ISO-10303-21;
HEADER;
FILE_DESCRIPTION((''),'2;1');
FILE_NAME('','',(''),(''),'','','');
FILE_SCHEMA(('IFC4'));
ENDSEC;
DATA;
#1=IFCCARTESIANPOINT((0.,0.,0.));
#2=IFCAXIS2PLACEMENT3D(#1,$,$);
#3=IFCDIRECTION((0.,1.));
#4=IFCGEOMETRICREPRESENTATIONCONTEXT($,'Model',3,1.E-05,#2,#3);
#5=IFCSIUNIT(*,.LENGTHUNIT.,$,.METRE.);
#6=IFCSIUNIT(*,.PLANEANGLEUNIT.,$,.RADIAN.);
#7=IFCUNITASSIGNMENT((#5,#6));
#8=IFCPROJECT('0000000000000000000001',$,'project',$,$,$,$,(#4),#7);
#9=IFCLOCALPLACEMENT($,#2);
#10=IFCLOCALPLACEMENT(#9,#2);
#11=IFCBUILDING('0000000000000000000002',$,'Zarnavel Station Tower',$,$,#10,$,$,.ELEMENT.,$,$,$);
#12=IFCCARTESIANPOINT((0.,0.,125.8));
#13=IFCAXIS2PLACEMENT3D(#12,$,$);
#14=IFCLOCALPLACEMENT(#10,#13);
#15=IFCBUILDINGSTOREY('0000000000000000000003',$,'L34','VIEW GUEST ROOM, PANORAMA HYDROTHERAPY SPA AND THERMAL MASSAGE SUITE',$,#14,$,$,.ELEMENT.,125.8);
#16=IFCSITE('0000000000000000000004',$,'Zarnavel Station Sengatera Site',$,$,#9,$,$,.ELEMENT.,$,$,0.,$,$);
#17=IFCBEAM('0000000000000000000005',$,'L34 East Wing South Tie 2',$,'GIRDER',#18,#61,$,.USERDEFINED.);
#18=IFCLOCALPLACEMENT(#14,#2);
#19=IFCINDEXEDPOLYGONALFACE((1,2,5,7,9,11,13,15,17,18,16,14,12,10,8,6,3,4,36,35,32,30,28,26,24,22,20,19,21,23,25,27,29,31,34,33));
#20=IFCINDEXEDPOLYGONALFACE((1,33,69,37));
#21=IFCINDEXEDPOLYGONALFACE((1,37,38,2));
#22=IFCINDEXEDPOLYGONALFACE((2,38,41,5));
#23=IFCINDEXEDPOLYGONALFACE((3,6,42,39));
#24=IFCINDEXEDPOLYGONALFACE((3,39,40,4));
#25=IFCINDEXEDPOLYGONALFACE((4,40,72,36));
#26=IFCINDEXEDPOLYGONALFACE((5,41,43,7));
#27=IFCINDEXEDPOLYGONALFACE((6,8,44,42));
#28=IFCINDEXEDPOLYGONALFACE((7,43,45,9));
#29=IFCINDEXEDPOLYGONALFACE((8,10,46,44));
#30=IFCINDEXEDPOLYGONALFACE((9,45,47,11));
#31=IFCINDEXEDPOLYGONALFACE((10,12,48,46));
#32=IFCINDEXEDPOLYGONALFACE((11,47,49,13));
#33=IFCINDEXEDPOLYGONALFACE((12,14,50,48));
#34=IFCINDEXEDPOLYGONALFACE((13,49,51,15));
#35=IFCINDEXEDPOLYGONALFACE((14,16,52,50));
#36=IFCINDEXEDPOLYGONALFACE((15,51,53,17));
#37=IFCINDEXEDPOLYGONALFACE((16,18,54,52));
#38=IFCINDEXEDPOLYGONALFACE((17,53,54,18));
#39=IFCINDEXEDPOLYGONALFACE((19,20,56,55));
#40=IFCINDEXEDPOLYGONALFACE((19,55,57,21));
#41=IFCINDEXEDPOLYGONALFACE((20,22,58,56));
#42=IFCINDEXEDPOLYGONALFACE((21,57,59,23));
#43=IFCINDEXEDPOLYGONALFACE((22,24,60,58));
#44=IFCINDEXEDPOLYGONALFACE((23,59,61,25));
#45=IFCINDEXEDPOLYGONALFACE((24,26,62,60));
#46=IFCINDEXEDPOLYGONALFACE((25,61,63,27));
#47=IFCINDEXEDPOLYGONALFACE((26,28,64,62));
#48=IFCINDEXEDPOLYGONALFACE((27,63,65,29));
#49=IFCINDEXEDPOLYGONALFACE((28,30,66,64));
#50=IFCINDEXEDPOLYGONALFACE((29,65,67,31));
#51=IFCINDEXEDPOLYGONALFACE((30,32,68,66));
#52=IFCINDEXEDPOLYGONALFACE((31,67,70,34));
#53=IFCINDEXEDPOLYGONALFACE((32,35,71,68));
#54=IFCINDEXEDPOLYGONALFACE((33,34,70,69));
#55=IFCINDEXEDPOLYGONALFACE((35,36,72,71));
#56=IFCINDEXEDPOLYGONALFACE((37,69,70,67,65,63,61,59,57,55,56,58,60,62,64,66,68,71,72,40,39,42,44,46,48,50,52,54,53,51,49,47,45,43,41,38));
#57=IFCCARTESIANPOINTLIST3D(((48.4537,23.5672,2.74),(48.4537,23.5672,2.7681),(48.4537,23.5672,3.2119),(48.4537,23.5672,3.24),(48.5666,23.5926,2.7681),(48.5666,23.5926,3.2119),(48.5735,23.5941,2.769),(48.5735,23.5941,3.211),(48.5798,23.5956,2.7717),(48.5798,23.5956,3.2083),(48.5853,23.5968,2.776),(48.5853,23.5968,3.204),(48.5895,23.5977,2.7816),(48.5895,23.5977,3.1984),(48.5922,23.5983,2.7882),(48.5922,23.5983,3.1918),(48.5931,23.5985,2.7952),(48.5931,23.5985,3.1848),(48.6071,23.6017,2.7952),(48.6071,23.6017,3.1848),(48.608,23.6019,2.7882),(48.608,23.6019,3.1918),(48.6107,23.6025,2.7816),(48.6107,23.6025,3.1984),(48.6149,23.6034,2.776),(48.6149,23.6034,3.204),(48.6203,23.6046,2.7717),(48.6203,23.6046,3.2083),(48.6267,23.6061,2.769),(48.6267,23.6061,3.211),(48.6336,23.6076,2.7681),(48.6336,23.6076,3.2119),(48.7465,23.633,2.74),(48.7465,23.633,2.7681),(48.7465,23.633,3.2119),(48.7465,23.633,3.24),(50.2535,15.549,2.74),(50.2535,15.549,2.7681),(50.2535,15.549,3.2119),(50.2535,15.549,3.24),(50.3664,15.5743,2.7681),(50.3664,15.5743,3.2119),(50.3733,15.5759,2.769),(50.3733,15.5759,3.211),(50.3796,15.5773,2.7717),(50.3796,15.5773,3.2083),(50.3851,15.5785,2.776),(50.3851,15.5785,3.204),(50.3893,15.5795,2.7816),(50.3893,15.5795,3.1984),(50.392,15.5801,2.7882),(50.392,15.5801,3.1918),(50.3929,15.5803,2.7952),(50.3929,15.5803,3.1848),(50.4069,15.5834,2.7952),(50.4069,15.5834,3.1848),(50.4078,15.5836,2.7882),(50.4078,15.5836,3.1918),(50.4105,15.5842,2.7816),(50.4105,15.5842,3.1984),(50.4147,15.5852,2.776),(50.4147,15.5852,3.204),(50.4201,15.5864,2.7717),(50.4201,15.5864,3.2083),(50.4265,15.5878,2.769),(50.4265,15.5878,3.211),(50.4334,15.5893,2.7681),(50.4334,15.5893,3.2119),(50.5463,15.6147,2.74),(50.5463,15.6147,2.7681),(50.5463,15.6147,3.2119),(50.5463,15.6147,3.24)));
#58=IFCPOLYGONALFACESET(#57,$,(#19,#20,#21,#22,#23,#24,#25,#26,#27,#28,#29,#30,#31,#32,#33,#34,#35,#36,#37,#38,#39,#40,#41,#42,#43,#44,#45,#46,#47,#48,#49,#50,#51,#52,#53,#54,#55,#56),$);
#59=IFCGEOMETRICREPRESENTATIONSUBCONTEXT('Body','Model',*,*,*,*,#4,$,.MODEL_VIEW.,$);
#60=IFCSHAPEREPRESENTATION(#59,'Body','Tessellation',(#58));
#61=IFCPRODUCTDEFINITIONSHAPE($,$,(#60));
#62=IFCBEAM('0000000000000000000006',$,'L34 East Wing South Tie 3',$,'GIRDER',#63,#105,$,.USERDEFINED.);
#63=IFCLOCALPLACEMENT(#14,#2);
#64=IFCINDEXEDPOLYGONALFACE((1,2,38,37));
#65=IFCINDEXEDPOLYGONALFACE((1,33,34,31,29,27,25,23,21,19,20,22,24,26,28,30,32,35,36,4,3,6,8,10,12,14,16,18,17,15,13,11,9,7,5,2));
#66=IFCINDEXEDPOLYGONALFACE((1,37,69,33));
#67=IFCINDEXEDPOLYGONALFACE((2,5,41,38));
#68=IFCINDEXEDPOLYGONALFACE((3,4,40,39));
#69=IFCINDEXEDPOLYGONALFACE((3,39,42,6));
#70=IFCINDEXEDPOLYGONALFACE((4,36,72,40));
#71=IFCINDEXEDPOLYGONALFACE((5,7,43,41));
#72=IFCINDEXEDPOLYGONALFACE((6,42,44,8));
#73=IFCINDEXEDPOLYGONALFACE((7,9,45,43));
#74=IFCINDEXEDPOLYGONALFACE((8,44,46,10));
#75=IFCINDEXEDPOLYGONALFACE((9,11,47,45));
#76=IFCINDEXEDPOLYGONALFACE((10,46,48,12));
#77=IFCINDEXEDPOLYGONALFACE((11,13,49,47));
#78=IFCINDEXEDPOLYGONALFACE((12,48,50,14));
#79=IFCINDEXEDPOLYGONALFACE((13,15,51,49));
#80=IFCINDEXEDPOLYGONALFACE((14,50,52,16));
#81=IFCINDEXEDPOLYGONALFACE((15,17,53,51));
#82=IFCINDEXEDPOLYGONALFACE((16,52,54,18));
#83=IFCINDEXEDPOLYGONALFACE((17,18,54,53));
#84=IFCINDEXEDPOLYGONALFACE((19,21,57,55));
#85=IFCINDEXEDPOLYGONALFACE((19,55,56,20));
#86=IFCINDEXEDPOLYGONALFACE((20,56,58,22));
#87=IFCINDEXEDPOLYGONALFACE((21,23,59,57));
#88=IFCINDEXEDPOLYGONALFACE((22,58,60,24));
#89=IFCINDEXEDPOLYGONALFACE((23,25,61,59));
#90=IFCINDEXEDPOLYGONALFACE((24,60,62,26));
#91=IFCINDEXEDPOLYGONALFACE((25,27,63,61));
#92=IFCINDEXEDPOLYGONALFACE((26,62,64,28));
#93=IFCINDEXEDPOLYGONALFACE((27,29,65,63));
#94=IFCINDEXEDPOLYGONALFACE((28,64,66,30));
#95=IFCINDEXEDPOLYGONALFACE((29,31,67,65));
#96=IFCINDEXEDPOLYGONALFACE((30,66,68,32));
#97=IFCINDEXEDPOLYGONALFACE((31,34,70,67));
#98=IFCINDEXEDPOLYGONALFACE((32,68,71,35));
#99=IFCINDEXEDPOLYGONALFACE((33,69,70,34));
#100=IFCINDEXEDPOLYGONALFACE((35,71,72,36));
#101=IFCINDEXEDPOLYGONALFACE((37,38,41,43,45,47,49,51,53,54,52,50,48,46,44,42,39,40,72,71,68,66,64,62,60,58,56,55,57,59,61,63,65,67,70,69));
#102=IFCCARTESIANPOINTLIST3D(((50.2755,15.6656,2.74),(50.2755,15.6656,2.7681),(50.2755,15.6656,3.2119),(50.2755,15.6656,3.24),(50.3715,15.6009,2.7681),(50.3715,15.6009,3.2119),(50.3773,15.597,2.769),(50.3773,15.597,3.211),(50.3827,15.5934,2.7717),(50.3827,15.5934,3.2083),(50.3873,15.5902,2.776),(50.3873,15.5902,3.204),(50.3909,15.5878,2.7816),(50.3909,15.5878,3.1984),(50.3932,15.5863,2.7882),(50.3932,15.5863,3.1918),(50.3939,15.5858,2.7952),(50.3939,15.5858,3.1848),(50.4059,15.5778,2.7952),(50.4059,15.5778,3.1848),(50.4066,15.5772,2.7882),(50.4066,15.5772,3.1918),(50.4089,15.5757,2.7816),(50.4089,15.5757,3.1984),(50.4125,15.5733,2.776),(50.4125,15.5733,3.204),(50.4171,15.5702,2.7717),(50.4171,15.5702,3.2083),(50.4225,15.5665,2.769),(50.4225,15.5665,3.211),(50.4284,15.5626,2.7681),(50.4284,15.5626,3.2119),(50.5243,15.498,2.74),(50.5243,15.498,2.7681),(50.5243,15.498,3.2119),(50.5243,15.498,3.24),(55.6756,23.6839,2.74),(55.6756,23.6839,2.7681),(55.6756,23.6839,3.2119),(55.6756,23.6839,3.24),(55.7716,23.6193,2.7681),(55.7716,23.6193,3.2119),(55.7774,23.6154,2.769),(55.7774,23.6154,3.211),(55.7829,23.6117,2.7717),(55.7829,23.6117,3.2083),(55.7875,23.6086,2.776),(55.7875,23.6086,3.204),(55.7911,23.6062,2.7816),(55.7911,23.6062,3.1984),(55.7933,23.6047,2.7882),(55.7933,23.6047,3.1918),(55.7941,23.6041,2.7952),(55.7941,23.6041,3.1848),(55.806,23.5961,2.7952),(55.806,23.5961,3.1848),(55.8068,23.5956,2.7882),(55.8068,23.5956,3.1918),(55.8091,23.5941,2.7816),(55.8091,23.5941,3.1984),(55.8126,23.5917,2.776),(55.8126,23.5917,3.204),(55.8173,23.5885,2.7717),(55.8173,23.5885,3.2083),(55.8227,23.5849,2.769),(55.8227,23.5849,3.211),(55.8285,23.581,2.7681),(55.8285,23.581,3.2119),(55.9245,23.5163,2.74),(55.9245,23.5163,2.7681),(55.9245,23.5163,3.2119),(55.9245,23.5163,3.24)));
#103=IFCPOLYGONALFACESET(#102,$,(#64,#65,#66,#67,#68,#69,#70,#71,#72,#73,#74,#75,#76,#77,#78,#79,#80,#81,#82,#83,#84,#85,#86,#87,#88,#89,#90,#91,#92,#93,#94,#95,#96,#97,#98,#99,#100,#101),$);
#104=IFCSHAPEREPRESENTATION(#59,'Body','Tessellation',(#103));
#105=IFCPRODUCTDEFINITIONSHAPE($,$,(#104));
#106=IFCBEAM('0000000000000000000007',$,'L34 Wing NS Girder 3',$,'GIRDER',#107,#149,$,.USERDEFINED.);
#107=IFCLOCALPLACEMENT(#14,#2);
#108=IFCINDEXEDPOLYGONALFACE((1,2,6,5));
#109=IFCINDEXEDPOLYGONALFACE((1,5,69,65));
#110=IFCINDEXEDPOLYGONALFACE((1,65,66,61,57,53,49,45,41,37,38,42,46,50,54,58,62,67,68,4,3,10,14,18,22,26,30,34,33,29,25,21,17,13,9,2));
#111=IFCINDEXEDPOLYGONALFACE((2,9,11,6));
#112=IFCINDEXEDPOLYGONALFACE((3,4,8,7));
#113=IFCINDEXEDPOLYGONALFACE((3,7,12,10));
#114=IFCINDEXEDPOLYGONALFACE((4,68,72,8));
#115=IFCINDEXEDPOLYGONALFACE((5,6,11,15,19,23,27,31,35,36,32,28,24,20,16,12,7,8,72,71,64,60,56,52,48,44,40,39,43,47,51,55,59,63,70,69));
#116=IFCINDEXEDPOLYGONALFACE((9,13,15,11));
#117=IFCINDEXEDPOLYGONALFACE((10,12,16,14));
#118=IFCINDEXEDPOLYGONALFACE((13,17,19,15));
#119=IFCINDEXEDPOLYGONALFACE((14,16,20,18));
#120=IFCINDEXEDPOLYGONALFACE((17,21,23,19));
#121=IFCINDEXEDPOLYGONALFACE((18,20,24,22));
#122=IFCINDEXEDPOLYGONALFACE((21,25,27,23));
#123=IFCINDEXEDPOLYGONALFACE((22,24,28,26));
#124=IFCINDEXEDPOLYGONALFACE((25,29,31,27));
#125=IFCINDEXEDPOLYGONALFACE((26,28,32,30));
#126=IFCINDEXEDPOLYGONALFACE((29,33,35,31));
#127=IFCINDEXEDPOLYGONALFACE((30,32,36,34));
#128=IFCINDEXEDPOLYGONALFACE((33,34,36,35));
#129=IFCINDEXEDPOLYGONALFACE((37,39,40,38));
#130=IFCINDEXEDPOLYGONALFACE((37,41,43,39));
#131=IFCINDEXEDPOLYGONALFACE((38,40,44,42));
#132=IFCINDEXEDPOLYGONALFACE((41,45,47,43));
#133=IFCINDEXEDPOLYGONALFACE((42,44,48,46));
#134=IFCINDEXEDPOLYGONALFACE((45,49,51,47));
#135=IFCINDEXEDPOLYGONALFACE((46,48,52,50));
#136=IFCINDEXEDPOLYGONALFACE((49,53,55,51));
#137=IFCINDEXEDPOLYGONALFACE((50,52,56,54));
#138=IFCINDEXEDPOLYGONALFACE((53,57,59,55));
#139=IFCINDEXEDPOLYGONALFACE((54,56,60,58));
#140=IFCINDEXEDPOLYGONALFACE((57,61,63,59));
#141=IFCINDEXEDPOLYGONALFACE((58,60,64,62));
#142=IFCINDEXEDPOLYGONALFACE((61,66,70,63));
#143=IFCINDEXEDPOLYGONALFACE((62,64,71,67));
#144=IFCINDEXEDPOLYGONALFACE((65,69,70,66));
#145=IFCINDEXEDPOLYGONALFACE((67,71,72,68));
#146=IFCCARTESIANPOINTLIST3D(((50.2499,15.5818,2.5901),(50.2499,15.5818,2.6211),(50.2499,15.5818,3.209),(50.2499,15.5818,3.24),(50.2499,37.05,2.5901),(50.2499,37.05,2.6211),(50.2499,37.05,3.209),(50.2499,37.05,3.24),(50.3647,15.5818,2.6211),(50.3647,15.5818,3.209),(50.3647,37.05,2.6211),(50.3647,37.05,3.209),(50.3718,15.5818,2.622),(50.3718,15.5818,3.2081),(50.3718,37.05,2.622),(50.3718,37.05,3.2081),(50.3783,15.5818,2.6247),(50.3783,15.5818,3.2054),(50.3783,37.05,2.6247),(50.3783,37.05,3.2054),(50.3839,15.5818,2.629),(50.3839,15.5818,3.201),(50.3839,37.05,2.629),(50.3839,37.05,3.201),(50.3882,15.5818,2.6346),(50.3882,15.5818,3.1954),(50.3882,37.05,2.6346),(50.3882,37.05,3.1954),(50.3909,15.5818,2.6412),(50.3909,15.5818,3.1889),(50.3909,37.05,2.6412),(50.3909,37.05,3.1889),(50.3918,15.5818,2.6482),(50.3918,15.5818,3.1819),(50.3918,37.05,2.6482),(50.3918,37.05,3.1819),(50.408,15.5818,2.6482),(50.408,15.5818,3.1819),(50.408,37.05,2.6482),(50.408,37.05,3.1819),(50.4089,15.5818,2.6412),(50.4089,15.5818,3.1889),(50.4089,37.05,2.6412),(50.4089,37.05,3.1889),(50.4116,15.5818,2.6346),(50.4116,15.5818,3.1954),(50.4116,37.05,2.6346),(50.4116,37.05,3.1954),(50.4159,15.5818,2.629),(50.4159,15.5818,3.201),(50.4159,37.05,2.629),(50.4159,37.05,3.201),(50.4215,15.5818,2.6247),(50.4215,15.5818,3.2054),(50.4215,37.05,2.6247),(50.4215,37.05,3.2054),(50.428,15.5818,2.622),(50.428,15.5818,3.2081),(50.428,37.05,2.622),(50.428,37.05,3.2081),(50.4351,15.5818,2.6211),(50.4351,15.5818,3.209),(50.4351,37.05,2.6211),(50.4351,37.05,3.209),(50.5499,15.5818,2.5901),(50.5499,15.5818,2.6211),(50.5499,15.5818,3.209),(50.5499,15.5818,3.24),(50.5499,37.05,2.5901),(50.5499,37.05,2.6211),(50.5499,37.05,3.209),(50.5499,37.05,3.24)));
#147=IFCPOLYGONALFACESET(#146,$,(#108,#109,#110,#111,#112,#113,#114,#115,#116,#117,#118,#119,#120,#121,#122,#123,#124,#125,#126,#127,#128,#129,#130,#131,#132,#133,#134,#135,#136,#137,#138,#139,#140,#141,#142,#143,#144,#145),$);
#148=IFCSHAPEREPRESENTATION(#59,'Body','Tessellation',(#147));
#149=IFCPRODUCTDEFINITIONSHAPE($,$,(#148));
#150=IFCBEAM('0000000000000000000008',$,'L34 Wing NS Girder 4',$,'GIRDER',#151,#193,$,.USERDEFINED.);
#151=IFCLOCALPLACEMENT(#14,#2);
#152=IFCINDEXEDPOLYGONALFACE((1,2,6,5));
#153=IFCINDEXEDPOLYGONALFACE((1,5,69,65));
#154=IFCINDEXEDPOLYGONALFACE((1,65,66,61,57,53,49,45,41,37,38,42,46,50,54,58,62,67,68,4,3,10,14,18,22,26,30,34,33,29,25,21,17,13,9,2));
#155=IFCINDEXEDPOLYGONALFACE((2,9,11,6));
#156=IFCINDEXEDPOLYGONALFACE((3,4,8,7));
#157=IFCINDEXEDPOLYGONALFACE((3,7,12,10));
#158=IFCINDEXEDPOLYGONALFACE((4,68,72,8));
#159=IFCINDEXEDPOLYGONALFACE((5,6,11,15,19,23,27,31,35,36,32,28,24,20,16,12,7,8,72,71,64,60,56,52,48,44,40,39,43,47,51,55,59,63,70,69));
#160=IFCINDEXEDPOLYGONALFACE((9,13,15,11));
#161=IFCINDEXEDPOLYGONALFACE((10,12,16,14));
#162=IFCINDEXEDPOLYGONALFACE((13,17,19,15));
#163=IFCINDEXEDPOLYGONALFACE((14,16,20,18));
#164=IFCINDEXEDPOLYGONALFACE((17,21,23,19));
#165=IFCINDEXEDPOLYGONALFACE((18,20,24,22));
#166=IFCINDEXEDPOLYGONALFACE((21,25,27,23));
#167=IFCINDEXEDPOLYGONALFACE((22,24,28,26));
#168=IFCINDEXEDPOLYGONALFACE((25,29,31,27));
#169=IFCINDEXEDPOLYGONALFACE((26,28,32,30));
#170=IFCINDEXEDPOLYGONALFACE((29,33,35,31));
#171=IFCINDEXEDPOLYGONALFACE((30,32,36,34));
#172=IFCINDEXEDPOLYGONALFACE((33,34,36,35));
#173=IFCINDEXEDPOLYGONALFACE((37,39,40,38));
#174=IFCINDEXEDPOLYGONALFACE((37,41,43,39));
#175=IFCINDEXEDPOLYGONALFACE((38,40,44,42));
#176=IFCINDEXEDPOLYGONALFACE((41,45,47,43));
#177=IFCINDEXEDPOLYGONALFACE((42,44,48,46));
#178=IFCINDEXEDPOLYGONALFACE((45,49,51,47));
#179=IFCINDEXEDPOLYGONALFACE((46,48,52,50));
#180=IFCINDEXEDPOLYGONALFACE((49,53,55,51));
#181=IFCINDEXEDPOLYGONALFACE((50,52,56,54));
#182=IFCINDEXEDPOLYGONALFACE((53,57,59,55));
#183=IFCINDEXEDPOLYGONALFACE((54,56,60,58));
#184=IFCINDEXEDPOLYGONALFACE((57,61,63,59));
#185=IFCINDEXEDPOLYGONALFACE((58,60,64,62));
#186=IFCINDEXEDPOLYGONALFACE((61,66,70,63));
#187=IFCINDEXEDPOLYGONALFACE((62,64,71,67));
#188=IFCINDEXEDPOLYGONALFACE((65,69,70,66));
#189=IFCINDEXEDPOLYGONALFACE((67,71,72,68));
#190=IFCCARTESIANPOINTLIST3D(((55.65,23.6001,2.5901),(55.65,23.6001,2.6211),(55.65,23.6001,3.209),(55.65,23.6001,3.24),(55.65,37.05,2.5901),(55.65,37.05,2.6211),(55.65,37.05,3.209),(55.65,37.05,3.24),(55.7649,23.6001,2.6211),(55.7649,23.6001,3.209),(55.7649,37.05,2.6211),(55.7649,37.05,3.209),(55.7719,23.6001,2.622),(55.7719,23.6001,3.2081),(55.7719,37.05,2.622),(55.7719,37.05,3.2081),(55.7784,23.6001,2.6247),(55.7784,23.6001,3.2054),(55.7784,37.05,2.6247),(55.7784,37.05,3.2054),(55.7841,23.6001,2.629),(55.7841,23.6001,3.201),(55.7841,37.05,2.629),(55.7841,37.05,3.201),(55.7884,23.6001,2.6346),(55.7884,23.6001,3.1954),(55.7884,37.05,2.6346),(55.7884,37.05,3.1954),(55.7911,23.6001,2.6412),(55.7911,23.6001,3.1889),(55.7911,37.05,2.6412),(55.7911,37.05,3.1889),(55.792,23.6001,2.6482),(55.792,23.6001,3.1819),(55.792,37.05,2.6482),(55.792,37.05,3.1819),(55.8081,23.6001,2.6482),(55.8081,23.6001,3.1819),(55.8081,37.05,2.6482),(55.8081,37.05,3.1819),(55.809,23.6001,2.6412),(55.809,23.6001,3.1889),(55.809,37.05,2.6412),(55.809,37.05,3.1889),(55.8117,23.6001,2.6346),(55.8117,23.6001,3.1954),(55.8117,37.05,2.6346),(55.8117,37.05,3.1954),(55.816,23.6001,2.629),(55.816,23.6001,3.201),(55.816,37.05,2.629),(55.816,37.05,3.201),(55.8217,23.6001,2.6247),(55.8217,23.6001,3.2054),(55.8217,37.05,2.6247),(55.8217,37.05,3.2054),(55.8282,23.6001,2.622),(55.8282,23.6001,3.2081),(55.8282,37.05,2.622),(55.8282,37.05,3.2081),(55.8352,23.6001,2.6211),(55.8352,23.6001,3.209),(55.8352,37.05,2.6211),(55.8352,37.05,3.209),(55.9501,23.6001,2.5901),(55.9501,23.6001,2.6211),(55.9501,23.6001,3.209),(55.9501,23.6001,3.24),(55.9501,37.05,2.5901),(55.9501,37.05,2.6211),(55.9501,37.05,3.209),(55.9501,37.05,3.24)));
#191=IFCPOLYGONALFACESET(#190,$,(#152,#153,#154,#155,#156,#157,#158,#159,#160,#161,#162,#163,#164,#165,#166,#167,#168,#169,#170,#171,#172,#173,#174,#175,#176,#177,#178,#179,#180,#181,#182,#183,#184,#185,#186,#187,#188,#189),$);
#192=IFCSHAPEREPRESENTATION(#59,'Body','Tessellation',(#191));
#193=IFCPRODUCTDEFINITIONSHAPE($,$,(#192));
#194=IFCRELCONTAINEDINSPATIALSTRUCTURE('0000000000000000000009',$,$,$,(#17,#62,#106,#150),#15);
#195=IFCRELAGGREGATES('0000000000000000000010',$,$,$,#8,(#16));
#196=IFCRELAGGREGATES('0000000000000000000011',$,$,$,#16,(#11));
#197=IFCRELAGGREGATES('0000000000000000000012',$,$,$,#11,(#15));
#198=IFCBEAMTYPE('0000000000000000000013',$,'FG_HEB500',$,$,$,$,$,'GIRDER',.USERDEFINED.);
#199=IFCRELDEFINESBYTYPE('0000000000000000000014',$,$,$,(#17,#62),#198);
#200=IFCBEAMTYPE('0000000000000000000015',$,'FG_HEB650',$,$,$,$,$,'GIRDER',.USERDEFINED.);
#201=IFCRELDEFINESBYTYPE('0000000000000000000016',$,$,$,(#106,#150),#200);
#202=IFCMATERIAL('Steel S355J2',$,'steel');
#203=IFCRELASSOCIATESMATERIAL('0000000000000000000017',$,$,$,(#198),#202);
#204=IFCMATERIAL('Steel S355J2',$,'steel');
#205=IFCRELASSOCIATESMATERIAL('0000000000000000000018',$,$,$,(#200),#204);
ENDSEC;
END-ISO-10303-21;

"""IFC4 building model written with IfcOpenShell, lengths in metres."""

from ifc_helpers import new_model, si_unit, direction, frame, origin, origin_2d, place, context, subcontext, project, spatial, i_section, extrude, material, material_profile, profile_set, type_object, element, save


model = new_model("IFC4")

# Units and contexts
model_context = context("Model", 3, precision=1e-05, world=origin(), true_north=direction((0.0, 1.0)))
body_context = subcontext(model_context, "Body", "Model", "MODEL_VIEW")
ifc_project = project(units=[si_unit("LENGTHUNIT", "METRE"), si_unit("PLANEANGLEUNIT", "RADIAN")], contexts=[model_context])

# Site, building, storey
site_placement = place(None, origin())
site = spatial("IfcSite", under=ifc_project, at=site_placement, Name="Zarnavel Station Sengatera Site", CompositionType="ELEMENT", RefElevation=0.0)
building_placement = place(site_placement, origin())
building = spatial("IfcBuilding", under=site, at=building_placement, Name="Zarnavel Station Tower", CompositionType="ELEMENT")
storey_placement = place(building_placement, frame((0.0, 0.0, 125.8)))
storey = spatial("IfcBuildingStorey", under=building, at=storey_placement, Name="L34", Description="VIEW GUEST ROOM, PANORAMA HYDROTHERAPY SPA AND THERMAL MASSAGE SUITE", CompositionType="ELEMENT", Elevation=125.8)

# Beams
ifc_material_1 = material(Name="Steel S355J2", Category="steel")
ifc_material_profile_1 = material_profile(ifc_material_1, i_section(OverallWidth=0.3, OverallDepth=0.5, WebThickness=0.0144, FlangeThickness=0.0281, FilletRadius=0.0271, at=origin_2d()), Name="HEB500")
ifc_profile_set_1 = profile_set([ifc_material_profile_1], Name="Steel S355J2")
beam_type_1 = type_object("IfcBeamType", Name="FG_HEB500", ElementType="GIRDER", PredefinedType="USERDEFINED", material=ifc_profile_set_1)
beam_1_placement = place(storey_placement, frame((48.6001, 23.6001, 2.99), z_axis=(0.219012, -0.975722, 0.0), x_axis=(0.975722, 0.219012, 0.0)))
element("IfcBeam", 1, at=beam_1_placement, inside=storey, type_object=beam_type_1, Name="L34 East Wing South Tie 2", ObjectType="GIRDER", PredefinedType="USERDEFINED", context=body_context, shape_type="SweptSolid", body=[
    extrude(i_section(OverallWidth=0.3, OverallDepth=0.5, WebThickness=0.0144, FlangeThickness=0.0281, FilletRadius=0.0271, at=origin_2d()), origin(), (0.0, 0.0, 1.0), 8.2178),
])
beam_2_placement = place(storey_placement, frame((50.3999, 15.5818, 2.99), z_axis=(0.558605, 0.829434, 0.0), x_axis=(-0.829434, 0.558605, 0.0)))
element("IfcBeam", 2, at=beam_2_placement, inside=storey, type_object=beam_type_1, Name="L34 East Wing South Tie 3", ObjectType="GIRDER", PredefinedType="USERDEFINED", context=body_context, shape_type="SweptSolid", body=[
    extrude(i_section(OverallWidth=0.3, OverallDepth=0.5, WebThickness=0.0144, FlangeThickness=0.0281, FilletRadius=0.0271, at=origin_2d()), origin(), (0.0, 0.0, 1.0), 9.6672),
])
ifc_material_2 = material(Name="Steel S355J2", Category="steel")
ifc_material_profile_2 = material_profile(ifc_material_2, i_section(OverallWidth=0.3, OverallDepth=0.6499, WebThickness=0.0161, FlangeThickness=0.031, FilletRadius=0.0271, at=origin_2d()), Name="HEB650")
ifc_profile_set_2 = profile_set([ifc_material_profile_2], Name="Steel S355J2")
beam_type_2 = type_object("IfcBeamType", Name="FG_HEB650", ElementType="GIRDER", PredefinedType="USERDEFINED", material=ifc_profile_set_2)
beam_3_placement = place(storey_placement, frame((50.3999, 15.5818, 2.915), z_axis=(0.0, 1.0, 0.0), x_axis=(-1.0, 0.0, 0.0)))
element("IfcBeam", 3, at=beam_3_placement, inside=storey, type_object=beam_type_2, Name="L34 Wing NS Girder 3", ObjectType="GIRDER", PredefinedType="USERDEFINED", context=body_context, shape_type="SweptSolid", body=[
    extrude(i_section(OverallWidth=0.3, OverallDepth=0.6499, WebThickness=0.0161, FlangeThickness=0.031, FilletRadius=0.0271, at=origin_2d()), origin(), (0.0, 0.0, 1.0), 21.4683),
])
beam_4_placement = place(storey_placement, frame((55.8, 23.6001, 2.915), z_axis=(0.0, 1.0, 0.0), x_axis=(-1.0, 0.0, 0.0)))
element("IfcBeam", 4, at=beam_4_placement, inside=storey, type_object=beam_type_2, Name="L34 Wing NS Girder 4", ObjectType="GIRDER", PredefinedType="USERDEFINED", context=body_context, shape_type="SweptSolid", body=[
    extrude(i_section(OverallWidth=0.3, OverallDepth=0.6499, WebThickness=0.0161, FlangeThickness=0.031, FilletRadius=0.0271, at=origin_2d()), origin(), (0.0, 0.0, 1.0), 13.45),
])

save(model, "model.ifc")
